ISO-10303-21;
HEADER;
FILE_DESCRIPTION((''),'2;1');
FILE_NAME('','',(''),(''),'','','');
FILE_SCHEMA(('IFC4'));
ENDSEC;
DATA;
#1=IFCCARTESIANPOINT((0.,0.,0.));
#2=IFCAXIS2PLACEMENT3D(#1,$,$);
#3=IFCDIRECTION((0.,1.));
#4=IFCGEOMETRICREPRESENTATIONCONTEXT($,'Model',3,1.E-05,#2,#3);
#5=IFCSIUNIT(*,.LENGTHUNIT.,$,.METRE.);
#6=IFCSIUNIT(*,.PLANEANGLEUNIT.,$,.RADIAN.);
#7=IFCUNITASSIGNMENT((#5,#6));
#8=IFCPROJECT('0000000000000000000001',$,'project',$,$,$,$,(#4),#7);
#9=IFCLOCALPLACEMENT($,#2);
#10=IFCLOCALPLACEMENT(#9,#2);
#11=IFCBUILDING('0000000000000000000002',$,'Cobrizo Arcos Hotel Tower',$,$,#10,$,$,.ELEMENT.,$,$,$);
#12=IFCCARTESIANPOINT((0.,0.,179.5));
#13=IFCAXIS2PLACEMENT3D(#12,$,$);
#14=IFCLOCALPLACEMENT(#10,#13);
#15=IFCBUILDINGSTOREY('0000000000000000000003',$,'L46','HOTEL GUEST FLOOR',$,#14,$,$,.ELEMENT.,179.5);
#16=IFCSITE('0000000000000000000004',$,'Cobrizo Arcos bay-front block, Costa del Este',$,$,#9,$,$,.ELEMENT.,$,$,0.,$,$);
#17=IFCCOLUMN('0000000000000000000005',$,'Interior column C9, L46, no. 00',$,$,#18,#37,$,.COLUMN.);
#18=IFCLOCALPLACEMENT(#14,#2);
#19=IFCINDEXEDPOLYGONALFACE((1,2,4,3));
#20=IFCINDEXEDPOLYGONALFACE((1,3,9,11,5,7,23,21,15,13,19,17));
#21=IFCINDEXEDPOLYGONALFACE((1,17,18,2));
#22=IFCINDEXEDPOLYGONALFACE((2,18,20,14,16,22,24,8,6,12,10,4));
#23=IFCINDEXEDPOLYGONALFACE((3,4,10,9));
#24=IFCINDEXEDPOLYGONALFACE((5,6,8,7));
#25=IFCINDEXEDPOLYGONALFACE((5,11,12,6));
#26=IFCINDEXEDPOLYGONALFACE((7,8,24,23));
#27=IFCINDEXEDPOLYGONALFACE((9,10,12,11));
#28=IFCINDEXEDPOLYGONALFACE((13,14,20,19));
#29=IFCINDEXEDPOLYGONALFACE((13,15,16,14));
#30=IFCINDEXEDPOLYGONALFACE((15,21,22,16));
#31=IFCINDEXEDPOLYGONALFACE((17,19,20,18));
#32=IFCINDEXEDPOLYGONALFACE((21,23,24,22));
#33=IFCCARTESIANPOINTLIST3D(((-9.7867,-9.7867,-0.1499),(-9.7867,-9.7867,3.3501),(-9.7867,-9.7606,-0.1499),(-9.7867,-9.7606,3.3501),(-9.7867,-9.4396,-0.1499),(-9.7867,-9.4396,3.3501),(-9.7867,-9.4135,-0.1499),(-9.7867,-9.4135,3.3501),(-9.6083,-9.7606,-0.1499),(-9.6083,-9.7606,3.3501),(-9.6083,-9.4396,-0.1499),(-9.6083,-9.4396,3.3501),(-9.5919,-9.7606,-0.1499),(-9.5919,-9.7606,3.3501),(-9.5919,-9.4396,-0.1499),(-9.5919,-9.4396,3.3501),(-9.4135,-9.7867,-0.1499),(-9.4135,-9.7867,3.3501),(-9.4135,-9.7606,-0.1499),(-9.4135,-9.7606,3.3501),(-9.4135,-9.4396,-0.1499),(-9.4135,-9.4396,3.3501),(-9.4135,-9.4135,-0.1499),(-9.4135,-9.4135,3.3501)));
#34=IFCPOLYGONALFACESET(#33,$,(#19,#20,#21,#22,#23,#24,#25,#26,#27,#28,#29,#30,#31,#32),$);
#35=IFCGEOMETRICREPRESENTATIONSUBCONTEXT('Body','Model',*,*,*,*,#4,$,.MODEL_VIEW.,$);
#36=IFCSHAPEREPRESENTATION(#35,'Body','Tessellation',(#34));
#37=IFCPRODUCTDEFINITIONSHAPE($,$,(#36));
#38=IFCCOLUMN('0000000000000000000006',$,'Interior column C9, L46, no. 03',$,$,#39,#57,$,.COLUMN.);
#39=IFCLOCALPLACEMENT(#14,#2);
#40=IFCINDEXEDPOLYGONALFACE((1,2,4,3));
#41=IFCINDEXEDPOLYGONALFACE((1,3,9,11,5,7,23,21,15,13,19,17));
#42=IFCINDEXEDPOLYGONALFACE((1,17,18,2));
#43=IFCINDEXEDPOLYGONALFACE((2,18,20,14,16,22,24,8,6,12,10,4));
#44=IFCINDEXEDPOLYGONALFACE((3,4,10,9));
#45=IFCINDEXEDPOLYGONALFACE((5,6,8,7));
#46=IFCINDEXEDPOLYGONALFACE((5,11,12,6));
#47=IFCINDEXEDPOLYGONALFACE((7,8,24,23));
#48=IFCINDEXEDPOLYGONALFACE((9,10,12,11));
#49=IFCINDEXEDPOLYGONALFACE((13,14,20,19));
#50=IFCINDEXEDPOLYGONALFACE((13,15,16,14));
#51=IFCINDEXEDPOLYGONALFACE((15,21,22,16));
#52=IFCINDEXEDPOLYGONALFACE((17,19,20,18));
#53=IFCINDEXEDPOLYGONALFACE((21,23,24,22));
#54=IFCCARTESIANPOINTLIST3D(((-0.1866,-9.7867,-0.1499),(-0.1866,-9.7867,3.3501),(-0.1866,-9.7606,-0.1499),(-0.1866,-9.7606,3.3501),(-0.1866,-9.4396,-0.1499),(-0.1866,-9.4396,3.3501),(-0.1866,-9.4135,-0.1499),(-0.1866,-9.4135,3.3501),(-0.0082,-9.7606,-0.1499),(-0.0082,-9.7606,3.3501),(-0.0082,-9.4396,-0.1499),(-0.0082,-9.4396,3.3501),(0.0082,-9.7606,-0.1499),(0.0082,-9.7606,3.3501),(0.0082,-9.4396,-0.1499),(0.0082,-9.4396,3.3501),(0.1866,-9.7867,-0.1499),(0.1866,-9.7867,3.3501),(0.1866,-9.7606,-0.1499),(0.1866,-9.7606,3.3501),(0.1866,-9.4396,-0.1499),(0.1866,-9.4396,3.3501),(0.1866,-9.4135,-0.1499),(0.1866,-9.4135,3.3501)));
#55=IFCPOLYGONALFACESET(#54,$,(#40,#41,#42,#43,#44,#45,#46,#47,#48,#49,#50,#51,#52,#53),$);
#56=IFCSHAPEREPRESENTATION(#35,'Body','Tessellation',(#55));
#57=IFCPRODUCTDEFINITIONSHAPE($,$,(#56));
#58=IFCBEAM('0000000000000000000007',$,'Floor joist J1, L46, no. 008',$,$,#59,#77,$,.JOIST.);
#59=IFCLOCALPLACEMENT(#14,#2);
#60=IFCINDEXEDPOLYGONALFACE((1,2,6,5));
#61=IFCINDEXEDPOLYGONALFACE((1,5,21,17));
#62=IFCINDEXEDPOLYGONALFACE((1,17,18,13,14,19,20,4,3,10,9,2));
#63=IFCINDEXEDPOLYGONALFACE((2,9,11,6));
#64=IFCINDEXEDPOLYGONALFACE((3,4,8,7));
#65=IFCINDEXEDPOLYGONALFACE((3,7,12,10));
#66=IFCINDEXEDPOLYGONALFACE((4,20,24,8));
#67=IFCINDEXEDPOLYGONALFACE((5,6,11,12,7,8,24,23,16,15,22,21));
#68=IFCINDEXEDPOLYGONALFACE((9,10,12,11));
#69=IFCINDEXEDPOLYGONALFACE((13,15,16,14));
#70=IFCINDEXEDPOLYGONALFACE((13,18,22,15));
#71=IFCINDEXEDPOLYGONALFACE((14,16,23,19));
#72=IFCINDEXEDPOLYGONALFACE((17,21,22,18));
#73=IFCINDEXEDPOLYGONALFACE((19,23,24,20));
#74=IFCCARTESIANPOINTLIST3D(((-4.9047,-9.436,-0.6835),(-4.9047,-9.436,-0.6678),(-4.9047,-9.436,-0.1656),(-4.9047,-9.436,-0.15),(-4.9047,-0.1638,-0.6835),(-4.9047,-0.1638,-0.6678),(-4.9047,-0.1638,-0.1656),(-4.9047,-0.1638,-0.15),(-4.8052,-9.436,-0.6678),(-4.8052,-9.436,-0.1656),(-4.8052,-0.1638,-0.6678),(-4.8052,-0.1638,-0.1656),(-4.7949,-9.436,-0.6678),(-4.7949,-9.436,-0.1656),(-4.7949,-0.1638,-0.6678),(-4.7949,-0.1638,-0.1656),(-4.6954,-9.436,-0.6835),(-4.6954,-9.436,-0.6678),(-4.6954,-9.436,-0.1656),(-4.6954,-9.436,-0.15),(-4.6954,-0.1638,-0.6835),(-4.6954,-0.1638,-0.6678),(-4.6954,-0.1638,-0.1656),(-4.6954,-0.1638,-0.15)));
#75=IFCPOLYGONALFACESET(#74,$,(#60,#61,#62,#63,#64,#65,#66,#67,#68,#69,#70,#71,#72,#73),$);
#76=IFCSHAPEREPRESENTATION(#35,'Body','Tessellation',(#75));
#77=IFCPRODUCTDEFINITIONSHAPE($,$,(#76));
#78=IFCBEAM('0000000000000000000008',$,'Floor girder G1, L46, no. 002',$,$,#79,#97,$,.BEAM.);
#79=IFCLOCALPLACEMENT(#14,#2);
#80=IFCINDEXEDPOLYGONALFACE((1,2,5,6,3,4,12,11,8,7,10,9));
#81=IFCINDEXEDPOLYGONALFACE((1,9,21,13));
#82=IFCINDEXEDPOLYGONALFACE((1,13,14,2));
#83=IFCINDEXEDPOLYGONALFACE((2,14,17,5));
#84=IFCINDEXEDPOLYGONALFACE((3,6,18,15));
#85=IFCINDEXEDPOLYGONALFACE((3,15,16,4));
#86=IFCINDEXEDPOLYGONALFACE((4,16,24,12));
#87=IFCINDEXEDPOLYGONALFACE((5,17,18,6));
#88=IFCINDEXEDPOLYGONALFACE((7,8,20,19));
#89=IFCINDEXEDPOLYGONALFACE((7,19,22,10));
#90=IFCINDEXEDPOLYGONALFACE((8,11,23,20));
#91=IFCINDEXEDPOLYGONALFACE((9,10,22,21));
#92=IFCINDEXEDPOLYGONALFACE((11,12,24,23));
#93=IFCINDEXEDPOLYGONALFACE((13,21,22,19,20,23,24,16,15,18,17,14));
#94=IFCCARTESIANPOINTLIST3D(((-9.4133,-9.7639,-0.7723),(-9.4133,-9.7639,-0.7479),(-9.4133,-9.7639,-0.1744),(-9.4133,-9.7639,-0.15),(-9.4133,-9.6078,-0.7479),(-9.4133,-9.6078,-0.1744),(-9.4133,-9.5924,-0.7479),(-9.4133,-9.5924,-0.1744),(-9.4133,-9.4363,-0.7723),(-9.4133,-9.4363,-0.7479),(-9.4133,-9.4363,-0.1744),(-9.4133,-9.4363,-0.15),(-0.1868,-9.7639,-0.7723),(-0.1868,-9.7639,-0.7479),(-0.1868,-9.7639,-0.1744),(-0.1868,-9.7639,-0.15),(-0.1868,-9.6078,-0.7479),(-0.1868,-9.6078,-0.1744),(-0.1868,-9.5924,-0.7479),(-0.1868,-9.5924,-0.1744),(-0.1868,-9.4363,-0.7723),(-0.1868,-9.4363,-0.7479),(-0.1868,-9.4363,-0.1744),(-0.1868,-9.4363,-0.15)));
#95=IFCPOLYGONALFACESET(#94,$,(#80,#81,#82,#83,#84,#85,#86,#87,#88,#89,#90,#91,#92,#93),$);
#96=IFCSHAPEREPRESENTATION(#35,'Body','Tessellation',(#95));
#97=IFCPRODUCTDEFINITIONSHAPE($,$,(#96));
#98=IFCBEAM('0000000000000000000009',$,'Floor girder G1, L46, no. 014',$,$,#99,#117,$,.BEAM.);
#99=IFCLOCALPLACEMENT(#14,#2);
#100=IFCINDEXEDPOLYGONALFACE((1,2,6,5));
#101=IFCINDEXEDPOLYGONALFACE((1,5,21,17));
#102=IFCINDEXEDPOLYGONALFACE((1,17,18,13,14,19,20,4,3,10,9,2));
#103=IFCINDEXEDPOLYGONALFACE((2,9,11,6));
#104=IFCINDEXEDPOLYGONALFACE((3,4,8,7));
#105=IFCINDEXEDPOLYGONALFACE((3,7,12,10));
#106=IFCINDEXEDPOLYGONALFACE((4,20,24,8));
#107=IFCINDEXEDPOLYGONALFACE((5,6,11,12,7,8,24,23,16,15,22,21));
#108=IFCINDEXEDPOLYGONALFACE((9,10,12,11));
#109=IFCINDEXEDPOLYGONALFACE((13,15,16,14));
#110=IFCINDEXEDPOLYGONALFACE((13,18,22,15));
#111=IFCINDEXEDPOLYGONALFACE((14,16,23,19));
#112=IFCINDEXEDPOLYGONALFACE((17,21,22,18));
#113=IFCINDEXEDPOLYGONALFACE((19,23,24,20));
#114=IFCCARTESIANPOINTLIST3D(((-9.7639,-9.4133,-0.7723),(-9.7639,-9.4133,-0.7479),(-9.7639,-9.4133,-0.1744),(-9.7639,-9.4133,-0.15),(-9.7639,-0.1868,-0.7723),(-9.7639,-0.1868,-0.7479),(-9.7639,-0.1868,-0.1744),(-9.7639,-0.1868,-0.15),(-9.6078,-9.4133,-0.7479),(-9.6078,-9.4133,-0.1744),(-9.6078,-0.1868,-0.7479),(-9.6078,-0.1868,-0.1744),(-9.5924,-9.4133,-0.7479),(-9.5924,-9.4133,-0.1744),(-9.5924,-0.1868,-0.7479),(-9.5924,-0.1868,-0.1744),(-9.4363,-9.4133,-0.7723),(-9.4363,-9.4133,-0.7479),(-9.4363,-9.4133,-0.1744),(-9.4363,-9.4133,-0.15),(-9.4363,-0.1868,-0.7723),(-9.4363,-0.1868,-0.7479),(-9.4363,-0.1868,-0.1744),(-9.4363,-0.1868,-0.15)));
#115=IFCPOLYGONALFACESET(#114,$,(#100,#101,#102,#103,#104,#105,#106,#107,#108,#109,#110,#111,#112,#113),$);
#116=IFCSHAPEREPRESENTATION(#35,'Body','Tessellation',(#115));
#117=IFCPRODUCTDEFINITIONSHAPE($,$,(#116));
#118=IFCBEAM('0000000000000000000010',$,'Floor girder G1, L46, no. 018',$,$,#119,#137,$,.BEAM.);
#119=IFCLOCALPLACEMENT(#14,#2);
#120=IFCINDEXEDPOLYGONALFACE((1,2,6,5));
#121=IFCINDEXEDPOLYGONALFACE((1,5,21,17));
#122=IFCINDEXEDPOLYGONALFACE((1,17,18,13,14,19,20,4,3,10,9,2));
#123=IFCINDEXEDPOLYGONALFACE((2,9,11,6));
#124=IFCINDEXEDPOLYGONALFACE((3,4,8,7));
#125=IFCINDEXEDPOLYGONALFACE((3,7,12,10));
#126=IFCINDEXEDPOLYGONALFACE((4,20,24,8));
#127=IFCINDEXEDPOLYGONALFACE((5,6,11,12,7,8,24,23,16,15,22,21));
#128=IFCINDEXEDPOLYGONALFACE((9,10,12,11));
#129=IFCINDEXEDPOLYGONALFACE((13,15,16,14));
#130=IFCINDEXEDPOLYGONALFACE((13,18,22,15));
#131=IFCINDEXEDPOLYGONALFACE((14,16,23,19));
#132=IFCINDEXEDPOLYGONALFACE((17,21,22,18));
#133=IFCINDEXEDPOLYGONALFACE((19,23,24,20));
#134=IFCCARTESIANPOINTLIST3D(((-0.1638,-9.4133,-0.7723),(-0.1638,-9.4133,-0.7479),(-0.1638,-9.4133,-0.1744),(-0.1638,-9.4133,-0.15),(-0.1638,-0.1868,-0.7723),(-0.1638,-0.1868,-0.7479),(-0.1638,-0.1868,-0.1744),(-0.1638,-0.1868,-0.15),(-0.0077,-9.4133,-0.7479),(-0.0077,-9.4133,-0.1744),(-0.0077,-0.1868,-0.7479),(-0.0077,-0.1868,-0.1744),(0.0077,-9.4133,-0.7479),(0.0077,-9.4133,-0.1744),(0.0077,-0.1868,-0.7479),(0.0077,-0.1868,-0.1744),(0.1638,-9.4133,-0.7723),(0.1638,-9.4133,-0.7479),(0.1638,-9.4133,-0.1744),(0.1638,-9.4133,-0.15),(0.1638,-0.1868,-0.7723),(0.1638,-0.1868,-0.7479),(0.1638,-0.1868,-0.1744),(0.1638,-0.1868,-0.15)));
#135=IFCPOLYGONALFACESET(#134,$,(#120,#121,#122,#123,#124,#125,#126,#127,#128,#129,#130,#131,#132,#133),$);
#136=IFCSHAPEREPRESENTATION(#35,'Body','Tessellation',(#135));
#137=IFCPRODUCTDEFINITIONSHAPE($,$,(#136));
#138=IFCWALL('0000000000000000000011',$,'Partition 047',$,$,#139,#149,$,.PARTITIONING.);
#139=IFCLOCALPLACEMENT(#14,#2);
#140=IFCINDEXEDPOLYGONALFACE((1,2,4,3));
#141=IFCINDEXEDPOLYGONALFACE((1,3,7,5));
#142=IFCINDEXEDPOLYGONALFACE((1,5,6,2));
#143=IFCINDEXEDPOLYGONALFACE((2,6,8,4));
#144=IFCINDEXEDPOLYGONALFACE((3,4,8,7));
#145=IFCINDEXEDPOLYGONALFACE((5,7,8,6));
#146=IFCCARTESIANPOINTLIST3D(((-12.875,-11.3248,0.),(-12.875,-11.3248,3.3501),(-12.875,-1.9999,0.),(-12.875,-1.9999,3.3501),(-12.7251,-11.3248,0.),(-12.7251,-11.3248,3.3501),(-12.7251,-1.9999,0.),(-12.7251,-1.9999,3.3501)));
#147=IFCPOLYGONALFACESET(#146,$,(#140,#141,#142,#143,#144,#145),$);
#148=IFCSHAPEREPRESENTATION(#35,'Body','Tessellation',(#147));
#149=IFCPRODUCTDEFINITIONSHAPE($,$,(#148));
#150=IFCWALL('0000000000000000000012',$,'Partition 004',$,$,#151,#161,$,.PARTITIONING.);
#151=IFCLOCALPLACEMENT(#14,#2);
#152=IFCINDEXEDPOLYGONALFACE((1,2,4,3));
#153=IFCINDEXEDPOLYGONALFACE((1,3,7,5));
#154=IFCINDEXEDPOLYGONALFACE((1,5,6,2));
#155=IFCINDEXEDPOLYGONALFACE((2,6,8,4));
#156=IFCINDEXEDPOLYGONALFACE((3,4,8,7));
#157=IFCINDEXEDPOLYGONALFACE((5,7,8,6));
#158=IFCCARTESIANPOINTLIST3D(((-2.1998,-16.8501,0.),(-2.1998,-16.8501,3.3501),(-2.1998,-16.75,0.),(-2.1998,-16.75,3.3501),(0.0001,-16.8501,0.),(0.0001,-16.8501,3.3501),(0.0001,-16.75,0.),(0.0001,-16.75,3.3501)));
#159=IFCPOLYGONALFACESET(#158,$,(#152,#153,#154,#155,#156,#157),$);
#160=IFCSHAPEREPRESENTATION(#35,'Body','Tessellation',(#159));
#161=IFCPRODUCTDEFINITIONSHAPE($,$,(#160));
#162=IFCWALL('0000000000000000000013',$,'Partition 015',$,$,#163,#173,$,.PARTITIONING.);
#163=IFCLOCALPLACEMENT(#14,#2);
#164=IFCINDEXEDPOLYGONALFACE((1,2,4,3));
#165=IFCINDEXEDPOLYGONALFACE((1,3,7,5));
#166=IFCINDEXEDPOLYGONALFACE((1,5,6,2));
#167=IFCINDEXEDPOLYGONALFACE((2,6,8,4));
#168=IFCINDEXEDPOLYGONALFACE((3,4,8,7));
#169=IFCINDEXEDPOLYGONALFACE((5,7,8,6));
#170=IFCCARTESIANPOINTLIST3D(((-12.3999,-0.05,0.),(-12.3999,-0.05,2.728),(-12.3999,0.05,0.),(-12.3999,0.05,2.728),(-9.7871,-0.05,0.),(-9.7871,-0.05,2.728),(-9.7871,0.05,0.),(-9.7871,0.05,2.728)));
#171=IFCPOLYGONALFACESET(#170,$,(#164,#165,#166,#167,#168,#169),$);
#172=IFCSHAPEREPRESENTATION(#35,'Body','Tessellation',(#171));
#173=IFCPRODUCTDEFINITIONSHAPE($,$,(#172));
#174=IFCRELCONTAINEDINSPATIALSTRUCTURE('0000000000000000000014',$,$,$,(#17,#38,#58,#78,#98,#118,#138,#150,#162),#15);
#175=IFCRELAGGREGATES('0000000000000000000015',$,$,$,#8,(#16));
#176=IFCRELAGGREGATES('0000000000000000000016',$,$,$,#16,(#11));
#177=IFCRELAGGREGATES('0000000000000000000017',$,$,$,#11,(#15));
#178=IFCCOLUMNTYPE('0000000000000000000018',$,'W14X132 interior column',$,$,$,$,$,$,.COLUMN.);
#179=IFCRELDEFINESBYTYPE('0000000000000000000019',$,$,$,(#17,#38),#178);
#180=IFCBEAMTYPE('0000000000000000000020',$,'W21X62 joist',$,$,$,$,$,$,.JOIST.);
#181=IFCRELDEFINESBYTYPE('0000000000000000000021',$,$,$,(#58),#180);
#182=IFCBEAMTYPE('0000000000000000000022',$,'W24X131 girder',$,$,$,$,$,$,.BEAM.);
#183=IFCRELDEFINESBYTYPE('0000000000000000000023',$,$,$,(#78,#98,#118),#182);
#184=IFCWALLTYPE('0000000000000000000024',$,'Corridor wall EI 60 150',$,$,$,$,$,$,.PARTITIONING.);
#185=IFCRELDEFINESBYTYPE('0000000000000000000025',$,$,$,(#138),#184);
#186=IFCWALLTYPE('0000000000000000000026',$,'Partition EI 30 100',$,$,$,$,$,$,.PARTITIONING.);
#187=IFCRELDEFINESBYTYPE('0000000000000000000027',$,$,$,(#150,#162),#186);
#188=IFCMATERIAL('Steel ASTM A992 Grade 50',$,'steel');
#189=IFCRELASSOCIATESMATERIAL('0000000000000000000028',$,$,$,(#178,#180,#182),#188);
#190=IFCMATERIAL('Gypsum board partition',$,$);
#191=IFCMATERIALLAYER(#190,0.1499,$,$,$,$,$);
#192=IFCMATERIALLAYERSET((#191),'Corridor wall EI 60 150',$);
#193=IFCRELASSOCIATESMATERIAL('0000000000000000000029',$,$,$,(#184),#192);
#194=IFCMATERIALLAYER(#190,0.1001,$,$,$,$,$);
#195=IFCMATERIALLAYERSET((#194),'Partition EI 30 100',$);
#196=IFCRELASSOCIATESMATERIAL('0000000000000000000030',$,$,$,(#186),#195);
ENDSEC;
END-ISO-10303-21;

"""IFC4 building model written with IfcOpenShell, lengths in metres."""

from ifc_helpers import new_model, si_unit, direction, frame, frame_2d, origin, origin_2d, place, context, subcontext, project, spatial, rectangle, i_section, extrude, material, layer, layer_set, material_profile, profile_set, type_object, element, save


model = new_model("IFC4")

# Units and contexts
model_context = context("Model", 3, precision=1e-05, world=origin(), true_north=direction((0.0, 1.0)))
body_context = subcontext(model_context, "Body", "Model", "MODEL_VIEW")
ifc_project = project(units=[si_unit("LENGTHUNIT", "METRE"), si_unit("PLANEANGLEUNIT", "RADIAN")], contexts=[model_context])

# Site, building, storey
site_placement = place(None, origin())
site = spatial("IfcSite", under=ifc_project, at=site_placement, Name="Cobrizo Arcos bay-front block, Costa del Este", CompositionType="ELEMENT", RefElevation=0.0)
building_placement = place(site_placement, origin())
building = spatial("IfcBuilding", under=site, at=building_placement, Name="Cobrizo Arcos Hotel Tower", CompositionType="ELEMENT")
storey_placement = place(building_placement, frame((0.0, 0.0, 179.5)))
storey = spatial("IfcBuildingStorey", under=building, at=storey_placement, Name="L46", Description="HOTEL GUEST FLOOR", CompositionType="ELEMENT", Elevation=179.5)

# Columns
ifc_material_1 = material(Name="Steel ASTM A992 Grade 50", Category="steel")
ifc_material_profile_1 = material_profile(ifc_material_1, i_section(OverallWidth=0.3733, OverallDepth=0.3733, WebThickness=0.0164, FlangeThickness=0.0261, at=origin_2d()), Name="W14X132")
ifc_profile_set_1 = profile_set([ifc_material_profile_1], Name="Steel ASTM A992 Grade 50")
column_type = type_object("IfcColumnType", Name="W14X132 interior column", PredefinedType="COLUMN", material=ifc_profile_set_1)
for number, where, z_axis, x_axis, name in (
    (1, (-9.6001, -9.6001, -0.1499), (0.0, 0.0, 1.0), (1.0, 0.0, 0.0), "Interior column C9, L46, no. 00"),
    (2, (0.0, -9.6001, -0.1499), (0.0, 0.0, 1.0), (1.0, 0.0, 0.0), "Interior column C9, L46, no. 03"),
):
    element("IfcColumn", number, at=place(storey_placement, frame(where, z_axis=z_axis, x_axis=x_axis)), inside=storey, type_object=column_type, Name=name, PredefinedType="COLUMN", context=body_context, shape_type="SweptSolid", body=[
        extrude(i_section(OverallWidth=0.3733, OverallDepth=0.3733, WebThickness=0.0164, FlangeThickness=0.0261, at=origin_2d()), origin(), (0.0, 0.0, 1.0), 3.5),
    ])

# Beams
ifc_material_profile_2 = material_profile(ifc_material_1, i_section(OverallWidth=0.2092, OverallDepth=0.5334, WebThickness=0.0103, FlangeThickness=0.0156, at=origin_2d()), Name="W21X62")
ifc_profile_set_2 = profile_set([ifc_material_profile_2], Name="Steel ASTM A992 Grade 50")
beam_type_1 = type_object("IfcBeamType", Name="W21X62 joist", PredefinedType="JOIST", material=ifc_profile_set_2)
beam_placement = place(storey_placement, frame((-4.8, -9.436, -0.4167), z_axis=(0.0, 1.0, 0.0), x_axis=(-1.0, 0.0, 0.0)))
element("IfcBeam", 3, at=beam_placement, inside=storey, type_object=beam_type_1, Name="Floor joist J1, L46, no. 008", PredefinedType="JOIST", context=body_context, shape_type="SweptSolid", body=[
    extrude(i_section(OverallWidth=0.2092, OverallDepth=0.5334, WebThickness=0.0103, FlangeThickness=0.0156, at=origin_2d()), origin(), (0.0, 0.0, 1.0), 9.2722),
])
ifc_material_profile_3 = material_profile(ifc_material_1, i_section(OverallWidth=0.3276, OverallDepth=0.6223, WebThickness=0.0154, FlangeThickness=0.0244, at=origin_2d()), Name="W24X131")
ifc_profile_set_3 = profile_set([ifc_material_profile_3], Name="Steel ASTM A992 Grade 50")
beam_type_2 = type_object("IfcBeamType", Name="W24X131 girder", PredefinedType="BEAM", material=ifc_profile_set_3)
for number, where, z_axis, x_axis, name in (
    (4, (-9.4133, -9.6001, -0.4612), (1.0, 0.0, 0.0), (0.0, 1.0, 0.0), "Floor girder G1, L46, no. 002"),
    (5, (-9.6001, -9.4133, -0.4612), (0.0, 1.0, 0.0), (-1.0, 0.0, 0.0), "Floor girder G1, L46, no. 014"),
    (6, (0.0, -9.4133, -0.4612), (0.0, 1.0, 0.0), (-1.0, 0.0, 0.0), "Floor girder G1, L46, no. 018"),
):
    element("IfcBeam", number, at=place(storey_placement, frame(where, z_axis=z_axis, x_axis=x_axis)), inside=storey, type_object=beam_type_2, Name=name, PredefinedType="BEAM", context=body_context, shape_type="SweptSolid", body=[
        extrude(i_section(OverallWidth=0.3276, OverallDepth=0.6223, WebThickness=0.0154, FlangeThickness=0.0244, at=origin_2d()), origin(), (0.0, 0.0, 1.0), 9.2266),
    ])

# Walls
ifc_material_2 = material(Name="Gypsum board partition")
ifc_layer_1 = layer(ifc_material_2, 0.1499)
ifc_layer_set_1 = layer_set([ifc_layer_1], Name="Corridor wall EI 60 150")
wall_type_1 = type_object("IfcWallType", Name="Corridor wall EI 60 150", PredefinedType="PARTITIONING", material=ifc_layer_set_1)
wall_1_placement = place(storey_placement, frame((-12.8, -11.325, 0.0), z_axis=(0.0, 0.0, 1.0), x_axis=(0.0, 1.0, 0.0)))
element("IfcWall", 7, at=wall_1_placement, inside=storey, type_object=wall_type_1, Name="Partition 047", PredefinedType="PARTITIONING", context=body_context, shape_type="SweptSolid", body=[
    extrude(rectangle(XDim=9.325, YDim=0.1499, at=frame_2d((4.6626, 0.0))), origin(), (0.0, 0.0, 1.0), 3.3501),
])
ifc_layer_2 = layer(ifc_material_2, 0.1001)
ifc_layer_set_2 = layer_set([ifc_layer_2], Name="Partition EI 30 100")
wall_type_2 = type_object("IfcWallType", Name="Partition EI 30 100", PredefinedType="PARTITIONING", material=ifc_layer_set_2)
wall_2_placement = place(storey_placement, frame((-2.2, -16.8, 0.0), z_axis=(0.0, 0.0, 1.0), x_axis=(1.0, 0.0, 0.0)))
element("IfcWall", 8, at=wall_2_placement, inside=storey, type_object=wall_type_2, Name="Partition 004", PredefinedType="PARTITIONING", context=body_context, shape_type="SweptSolid", body=[
    extrude(rectangle(XDim=2.2, YDim=0.1001, at=frame_2d((1.1001, 0.0))), origin(), (0.0, 0.0, 1.0), 3.3501),
])
wall_3_placement = place(storey_placement, frame((-12.3999, 0.0, 0.0), z_axis=(0.0, 0.0, 1.0), x_axis=(1.0, 0.0, 0.0)))
element("IfcWall", 9, at=wall_3_placement, inside=storey, type_object=wall_type_2, Name="Partition 015", PredefinedType="PARTITIONING", context=body_context, shape_type="SweptSolid", body=[
    extrude(rectangle(XDim=2.6128, YDim=0.1001, at=frame_2d((1.3064, 0.0))), origin(), (0.0, 0.0, 1.0), 2.728),
])

save(model, "model.ifc")
